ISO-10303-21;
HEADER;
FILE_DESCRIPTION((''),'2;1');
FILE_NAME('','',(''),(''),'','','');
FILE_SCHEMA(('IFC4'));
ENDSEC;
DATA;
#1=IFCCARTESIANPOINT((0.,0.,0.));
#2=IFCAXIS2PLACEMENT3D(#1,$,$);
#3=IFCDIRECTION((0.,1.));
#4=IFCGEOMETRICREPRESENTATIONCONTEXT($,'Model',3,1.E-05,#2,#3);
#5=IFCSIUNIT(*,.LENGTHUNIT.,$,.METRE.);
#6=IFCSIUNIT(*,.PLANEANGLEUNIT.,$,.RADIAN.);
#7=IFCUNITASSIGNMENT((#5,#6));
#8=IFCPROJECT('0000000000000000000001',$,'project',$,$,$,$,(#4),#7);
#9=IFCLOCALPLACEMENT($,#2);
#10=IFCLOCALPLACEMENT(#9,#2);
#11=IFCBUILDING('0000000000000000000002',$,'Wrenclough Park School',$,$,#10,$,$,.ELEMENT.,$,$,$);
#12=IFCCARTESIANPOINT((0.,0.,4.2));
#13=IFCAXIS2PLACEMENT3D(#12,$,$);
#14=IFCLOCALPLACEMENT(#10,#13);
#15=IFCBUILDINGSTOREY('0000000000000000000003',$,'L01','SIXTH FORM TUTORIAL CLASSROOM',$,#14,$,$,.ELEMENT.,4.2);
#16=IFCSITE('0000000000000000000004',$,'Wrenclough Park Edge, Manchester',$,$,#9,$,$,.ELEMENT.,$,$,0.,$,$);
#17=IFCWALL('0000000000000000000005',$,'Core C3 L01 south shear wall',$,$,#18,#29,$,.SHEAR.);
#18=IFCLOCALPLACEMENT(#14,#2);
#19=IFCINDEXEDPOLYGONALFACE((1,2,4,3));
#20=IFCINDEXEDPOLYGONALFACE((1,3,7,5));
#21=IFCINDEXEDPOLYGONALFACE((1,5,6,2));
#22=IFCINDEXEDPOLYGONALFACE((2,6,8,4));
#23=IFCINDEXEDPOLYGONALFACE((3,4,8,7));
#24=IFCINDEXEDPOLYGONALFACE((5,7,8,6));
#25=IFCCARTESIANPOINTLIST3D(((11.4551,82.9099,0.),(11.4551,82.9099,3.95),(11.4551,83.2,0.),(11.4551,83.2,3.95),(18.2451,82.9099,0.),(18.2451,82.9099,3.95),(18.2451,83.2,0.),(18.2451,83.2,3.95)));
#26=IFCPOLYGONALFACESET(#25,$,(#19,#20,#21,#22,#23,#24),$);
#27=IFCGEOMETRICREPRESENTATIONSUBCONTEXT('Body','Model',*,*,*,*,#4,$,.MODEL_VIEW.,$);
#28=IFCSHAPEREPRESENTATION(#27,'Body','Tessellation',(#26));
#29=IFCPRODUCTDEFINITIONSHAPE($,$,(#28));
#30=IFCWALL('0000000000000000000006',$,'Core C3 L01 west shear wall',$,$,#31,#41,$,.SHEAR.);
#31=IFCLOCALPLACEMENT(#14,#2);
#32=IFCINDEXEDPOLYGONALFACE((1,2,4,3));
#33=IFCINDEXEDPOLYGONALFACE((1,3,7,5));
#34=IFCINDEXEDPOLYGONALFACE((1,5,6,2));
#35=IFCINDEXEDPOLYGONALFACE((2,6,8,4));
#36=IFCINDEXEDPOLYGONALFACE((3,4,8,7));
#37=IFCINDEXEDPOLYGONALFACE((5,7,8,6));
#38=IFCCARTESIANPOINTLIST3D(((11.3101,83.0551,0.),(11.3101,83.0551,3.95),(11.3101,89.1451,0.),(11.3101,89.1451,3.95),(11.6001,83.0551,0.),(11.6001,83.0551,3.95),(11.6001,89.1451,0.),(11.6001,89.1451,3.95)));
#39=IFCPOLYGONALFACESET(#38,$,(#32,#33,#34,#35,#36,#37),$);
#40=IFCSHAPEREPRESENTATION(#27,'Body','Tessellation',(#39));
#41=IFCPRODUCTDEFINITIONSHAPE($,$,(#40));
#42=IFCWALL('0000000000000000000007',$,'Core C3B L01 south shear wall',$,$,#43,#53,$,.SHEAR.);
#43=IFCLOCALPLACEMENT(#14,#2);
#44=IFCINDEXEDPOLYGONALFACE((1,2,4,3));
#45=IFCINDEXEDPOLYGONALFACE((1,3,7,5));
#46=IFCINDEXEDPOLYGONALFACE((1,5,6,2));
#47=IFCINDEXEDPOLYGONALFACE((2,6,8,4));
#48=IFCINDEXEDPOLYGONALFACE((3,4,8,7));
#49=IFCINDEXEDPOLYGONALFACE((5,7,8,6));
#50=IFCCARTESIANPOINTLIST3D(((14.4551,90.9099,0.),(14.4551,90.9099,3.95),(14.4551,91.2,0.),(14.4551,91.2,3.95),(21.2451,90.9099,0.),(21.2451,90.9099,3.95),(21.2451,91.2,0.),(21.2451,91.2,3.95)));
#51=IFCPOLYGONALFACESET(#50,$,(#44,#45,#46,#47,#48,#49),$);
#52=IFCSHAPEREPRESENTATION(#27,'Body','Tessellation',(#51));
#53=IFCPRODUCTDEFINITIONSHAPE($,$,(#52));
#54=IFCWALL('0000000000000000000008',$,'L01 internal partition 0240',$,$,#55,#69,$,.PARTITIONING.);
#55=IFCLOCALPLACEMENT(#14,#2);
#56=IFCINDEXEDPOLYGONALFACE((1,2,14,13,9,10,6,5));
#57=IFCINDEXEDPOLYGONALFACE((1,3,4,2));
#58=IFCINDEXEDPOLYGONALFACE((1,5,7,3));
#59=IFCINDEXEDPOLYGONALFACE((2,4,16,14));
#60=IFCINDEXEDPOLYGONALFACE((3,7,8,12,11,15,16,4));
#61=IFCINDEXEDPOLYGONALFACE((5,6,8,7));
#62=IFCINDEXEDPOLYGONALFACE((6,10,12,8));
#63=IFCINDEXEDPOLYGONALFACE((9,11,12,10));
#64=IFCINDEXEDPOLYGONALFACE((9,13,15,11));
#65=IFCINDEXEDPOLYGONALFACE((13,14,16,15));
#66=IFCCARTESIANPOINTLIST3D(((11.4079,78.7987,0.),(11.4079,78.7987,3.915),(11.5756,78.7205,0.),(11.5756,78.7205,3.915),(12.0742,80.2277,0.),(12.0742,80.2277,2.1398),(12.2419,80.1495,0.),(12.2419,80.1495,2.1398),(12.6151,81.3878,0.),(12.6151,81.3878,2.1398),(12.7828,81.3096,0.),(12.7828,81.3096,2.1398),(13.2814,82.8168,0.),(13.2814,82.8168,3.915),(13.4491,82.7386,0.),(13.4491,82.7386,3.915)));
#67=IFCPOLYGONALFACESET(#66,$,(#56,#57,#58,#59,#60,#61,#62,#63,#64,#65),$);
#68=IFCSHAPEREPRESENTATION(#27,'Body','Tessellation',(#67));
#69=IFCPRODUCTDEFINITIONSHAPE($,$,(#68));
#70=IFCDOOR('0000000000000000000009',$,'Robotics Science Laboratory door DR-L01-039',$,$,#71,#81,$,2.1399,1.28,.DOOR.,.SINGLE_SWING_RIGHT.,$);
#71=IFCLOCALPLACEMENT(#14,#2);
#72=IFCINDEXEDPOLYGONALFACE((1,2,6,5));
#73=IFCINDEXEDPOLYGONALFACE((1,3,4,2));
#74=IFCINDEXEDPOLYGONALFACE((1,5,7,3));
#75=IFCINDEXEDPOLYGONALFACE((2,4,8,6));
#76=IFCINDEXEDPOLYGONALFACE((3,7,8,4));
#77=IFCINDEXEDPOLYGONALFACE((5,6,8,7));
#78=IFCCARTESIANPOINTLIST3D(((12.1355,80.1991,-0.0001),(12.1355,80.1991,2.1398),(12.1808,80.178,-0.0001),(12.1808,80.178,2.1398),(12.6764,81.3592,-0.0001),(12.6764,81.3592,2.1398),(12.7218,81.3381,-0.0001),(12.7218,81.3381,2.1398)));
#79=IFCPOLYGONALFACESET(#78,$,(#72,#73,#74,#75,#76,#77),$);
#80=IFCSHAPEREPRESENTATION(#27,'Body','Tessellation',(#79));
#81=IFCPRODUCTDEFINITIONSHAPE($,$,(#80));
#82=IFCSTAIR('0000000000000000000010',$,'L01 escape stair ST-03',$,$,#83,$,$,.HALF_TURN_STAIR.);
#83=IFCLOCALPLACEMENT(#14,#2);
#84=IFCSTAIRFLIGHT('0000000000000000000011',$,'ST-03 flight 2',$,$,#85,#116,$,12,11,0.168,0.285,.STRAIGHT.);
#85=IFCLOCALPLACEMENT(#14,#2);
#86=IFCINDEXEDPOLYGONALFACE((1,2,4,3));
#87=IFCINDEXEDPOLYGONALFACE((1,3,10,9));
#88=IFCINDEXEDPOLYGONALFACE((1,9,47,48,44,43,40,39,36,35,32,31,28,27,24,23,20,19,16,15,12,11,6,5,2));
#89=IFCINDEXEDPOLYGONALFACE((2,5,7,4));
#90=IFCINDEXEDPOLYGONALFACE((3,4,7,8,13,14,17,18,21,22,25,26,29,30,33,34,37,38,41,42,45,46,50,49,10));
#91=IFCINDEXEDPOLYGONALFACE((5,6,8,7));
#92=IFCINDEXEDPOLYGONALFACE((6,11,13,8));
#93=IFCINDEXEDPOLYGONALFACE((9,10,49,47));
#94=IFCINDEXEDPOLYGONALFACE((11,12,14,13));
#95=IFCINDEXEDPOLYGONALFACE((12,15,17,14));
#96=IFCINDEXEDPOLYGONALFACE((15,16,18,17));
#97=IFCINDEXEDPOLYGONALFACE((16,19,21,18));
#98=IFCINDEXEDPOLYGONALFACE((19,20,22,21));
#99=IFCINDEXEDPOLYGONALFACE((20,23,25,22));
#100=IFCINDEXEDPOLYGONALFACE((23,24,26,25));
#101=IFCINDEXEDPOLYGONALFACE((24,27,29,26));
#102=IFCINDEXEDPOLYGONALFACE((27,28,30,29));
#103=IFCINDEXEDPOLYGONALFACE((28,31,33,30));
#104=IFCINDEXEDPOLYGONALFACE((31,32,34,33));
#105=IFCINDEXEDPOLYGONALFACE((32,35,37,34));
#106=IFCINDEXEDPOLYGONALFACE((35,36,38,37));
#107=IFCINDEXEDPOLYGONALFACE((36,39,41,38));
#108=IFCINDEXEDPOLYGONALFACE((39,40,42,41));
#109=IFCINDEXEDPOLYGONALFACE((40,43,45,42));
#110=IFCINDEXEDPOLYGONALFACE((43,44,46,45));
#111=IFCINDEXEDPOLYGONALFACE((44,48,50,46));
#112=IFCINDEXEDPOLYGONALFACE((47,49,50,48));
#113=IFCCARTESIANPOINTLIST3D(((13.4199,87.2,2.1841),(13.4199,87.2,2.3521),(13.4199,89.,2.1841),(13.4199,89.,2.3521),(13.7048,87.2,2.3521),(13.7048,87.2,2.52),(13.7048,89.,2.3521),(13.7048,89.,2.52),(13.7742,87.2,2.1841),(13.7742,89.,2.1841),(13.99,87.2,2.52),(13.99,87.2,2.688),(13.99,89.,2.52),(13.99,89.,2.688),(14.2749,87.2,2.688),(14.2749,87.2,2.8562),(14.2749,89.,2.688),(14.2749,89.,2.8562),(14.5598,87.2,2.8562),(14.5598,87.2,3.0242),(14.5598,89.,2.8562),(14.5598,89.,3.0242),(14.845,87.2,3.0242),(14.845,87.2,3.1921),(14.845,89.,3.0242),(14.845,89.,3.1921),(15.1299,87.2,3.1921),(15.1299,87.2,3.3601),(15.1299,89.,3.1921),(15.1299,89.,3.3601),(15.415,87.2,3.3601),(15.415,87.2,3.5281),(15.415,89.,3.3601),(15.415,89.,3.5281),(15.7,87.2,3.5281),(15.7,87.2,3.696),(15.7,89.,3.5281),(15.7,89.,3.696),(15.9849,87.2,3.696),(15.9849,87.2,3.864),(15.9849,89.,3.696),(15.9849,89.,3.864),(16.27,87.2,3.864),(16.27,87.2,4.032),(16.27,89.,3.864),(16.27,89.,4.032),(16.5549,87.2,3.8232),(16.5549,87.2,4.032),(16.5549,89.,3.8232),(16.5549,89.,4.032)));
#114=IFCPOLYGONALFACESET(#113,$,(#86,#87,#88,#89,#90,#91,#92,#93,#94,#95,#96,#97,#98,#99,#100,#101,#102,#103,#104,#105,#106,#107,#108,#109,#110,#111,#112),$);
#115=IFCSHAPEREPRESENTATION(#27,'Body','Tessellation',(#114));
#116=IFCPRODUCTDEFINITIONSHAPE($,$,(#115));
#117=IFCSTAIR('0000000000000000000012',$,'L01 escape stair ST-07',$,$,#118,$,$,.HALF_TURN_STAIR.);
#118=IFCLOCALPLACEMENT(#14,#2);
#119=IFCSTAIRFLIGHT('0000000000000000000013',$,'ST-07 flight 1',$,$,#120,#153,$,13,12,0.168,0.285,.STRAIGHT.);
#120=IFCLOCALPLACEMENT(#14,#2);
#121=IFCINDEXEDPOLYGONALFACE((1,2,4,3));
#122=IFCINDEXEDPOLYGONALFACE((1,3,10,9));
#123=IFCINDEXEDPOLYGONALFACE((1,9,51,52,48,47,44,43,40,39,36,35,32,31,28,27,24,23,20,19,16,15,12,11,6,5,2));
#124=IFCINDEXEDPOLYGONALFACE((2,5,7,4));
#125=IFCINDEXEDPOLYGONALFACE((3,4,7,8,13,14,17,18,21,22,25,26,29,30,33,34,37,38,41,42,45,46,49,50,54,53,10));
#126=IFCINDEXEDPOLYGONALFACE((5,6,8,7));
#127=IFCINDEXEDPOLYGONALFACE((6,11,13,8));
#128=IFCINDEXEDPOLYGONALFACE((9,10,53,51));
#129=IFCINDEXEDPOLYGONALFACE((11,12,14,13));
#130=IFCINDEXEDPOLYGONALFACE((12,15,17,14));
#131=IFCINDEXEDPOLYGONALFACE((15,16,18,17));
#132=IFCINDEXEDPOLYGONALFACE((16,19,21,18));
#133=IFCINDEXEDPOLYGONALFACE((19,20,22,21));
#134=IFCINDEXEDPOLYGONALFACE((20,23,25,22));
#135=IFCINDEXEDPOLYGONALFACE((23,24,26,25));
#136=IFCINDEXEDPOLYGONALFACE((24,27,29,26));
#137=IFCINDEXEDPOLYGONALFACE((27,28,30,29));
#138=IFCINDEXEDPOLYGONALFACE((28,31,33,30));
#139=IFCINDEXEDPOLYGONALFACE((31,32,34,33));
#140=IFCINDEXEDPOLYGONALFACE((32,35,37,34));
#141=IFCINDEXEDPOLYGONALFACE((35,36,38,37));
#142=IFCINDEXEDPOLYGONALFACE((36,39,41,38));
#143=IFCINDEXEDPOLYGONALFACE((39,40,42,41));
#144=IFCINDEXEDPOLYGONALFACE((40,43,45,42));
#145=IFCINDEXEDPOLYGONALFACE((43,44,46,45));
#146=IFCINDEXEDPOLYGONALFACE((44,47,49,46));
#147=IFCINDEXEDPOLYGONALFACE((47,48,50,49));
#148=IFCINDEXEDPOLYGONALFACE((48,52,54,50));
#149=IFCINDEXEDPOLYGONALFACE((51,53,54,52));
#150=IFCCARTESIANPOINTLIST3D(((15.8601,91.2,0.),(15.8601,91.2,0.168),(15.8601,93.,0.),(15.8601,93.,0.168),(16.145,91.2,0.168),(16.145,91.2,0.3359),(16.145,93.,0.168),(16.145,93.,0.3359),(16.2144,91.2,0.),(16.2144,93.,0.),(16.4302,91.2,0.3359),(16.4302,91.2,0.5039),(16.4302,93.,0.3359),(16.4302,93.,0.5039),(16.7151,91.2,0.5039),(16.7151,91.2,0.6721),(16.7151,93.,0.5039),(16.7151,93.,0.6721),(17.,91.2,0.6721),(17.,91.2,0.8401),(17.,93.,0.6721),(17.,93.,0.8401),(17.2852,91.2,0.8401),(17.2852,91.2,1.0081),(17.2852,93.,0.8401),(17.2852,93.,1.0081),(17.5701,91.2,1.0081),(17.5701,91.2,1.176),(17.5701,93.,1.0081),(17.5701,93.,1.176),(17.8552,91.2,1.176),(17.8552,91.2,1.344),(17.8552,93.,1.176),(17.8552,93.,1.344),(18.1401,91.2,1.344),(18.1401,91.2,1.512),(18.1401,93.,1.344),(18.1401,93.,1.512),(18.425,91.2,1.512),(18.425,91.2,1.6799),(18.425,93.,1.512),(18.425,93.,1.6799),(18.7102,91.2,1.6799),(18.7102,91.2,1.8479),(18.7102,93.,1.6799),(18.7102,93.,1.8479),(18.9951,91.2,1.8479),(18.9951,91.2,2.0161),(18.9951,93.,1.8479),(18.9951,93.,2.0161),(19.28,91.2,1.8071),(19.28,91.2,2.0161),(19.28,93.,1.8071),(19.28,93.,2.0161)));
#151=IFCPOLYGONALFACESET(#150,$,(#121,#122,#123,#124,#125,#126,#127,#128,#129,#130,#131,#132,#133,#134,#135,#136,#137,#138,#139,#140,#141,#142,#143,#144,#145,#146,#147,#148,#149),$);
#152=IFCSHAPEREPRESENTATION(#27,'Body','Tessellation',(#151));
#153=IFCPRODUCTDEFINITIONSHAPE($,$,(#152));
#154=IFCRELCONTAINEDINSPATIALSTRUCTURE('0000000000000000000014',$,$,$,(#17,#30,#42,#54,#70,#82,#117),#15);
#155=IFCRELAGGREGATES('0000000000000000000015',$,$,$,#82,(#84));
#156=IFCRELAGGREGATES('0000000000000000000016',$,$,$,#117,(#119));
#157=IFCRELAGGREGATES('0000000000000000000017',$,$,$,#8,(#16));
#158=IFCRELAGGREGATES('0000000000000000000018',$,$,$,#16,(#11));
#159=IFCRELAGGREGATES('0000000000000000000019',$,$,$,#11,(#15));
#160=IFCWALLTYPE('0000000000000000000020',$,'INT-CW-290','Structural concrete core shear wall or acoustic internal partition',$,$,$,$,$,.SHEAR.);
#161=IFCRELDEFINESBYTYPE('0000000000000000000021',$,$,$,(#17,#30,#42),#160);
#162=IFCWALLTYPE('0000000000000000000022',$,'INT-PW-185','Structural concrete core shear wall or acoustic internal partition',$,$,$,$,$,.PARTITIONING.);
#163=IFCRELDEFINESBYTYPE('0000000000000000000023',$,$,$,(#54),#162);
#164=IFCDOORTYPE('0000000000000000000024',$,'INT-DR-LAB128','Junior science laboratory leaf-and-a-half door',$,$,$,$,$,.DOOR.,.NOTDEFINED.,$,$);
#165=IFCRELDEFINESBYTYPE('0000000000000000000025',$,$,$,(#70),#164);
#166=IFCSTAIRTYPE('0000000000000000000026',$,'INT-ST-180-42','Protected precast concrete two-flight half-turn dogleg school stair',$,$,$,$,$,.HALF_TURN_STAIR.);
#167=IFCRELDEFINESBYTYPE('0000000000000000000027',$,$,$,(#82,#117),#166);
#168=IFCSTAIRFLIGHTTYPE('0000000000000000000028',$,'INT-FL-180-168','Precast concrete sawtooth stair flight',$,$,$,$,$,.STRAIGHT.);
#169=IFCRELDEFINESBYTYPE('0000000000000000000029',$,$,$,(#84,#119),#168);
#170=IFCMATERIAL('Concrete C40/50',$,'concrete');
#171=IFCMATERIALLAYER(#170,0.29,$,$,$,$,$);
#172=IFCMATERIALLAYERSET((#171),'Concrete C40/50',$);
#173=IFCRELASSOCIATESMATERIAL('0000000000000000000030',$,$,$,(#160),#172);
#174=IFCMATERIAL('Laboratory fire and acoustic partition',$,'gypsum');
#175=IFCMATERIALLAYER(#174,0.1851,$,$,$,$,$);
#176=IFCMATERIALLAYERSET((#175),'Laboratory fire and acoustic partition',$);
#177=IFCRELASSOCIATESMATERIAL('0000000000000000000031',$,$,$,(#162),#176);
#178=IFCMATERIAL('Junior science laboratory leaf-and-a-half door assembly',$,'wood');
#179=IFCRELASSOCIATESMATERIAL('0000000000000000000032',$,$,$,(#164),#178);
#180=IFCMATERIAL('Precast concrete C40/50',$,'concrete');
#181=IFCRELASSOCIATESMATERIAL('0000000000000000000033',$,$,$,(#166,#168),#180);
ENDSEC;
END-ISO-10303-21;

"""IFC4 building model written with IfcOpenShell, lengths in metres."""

from ifc_helpers import new_model, si_unit, direction, frame, frame_2d, origin, place, context, subcontext, project, spatial, polyline, rectangle, outline, extrude, material, layer, layer_set, type_object, element, fill, aggregate, save


model = new_model("IFC4")

# Units and contexts
model_context = context("Model", 3, precision=1e-05, world=origin(), true_north=direction((0.0, 1.0)))
body_context = subcontext(model_context, "Body", "Model", "MODEL_VIEW")
ifc_project = project(units=[si_unit("LENGTHUNIT", "METRE"), si_unit("PLANEANGLEUNIT", "RADIAN")], contexts=[model_context])

# Site, building, storey
site_placement = place(None, origin())
site = spatial("IfcSite", under=ifc_project, at=site_placement, Name="Wrenclough Park Edge, Manchester", CompositionType="ELEMENT", RefElevation=0.0)
building_placement = place(site_placement, origin())
building = spatial("IfcBuilding", under=site, at=building_placement, Name="Wrenclough Park School", CompositionType="ELEMENT")
storey_placement = place(building_placement, frame((0.0, 0.0, 4.2)))
storey = spatial("IfcBuildingStorey", under=building, at=storey_placement, Name="L01", Description="SIXTH FORM TUTORIAL CLASSROOM", CompositionType="ELEMENT", Elevation=4.2)

# Walls
ifc_material_1 = material(Name="Concrete C40/50", Category="concrete")
ifc_layer_1 = layer(ifc_material_1, 0.29)
ifc_layer_set_1 = layer_set([ifc_layer_1], Name="Concrete C40/50")
wall_type_1 = type_object("IfcWallType", Name="INT-CW-290", Description="Structural concrete core shear wall or acoustic internal partition", PredefinedType="SHEAR", material=ifc_layer_set_1)
wall_1_placement = place(storey_placement, frame((11.4551, 83.0549, 0.0), z_axis=(0.0, 0.0, 1.0), x_axis=(1.0, 0.0, 0.0)))
element("IfcWall", 1, at=wall_1_placement, inside=storey, type_object=wall_type_1, Name="Core C3 L01 south shear wall", PredefinedType="SHEAR", context=body_context, shape_type="SweptSolid", body=[
    extrude(rectangle(XDim=6.79, YDim=0.29, at=frame_2d((3.395, 0.0))), origin(), (0.0, 0.0, 1.0), 3.95),
])
wall_2_placement = place(storey_placement, frame((11.4551, 89.145, 0.0), z_axis=(0.0, 0.0, 1.0), x_axis=(0.0, -1.0, 0.0)))
element("IfcWall", 2, at=wall_2_placement, inside=storey, type_object=wall_type_1, Name="Core C3 L01 west shear wall", PredefinedType="SHEAR", context=body_context, shape_type="SweptSolid", body=[
    extrude(rectangle(XDim=6.0901, YDim=0.29, at=frame_2d((3.0449, 0.0))), origin(), (0.0, 0.0, 1.0), 3.95),
])
wall_3_placement = place(storey_placement, frame((14.4551, 91.0549, 0.0), z_axis=(0.0, 0.0, 1.0), x_axis=(1.0, 0.0, 0.0)))
element("IfcWall", 3, at=wall_3_placement, inside=storey, type_object=wall_type_1, Name="Core C3B L01 south shear wall", PredefinedType="SHEAR", context=body_context, shape_type="SweptSolid", body=[
    extrude(rectangle(XDim=6.79, YDim=0.29, at=frame_2d((3.395, 0.0))), origin(), (0.0, 0.0, 1.0), 3.95),
])

# Wall, opening, door
ifc_material_2 = material(Name="Laboratory fire and acoustic partition", Category="gypsum")
ifc_layer_2 = layer(ifc_material_2, 0.1851)
ifc_layer_set_2 = layer_set([ifc_layer_2], Name="Laboratory fire and acoustic partition")
wall_type_2 = type_object("IfcWallType", Name="INT-PW-185", Description="Structural concrete core shear wall or acoustic internal partition", PredefinedType="PARTITIONING", material=ifc_layer_set_2)
wall_4_placement = place(storey_placement, frame((11.4917, 78.7595, 0.0), z_axis=(0.0, 0.0, 1.0), x_axis=(0.422596, 0.906318, 0.0)))
wall_4 = element("IfcWall", 4, at=wall_4_placement, inside=storey, type_object=wall_type_2, Name="L01 internal partition 0240", PredefinedType="PARTITIONING", context=body_context, shape_type="SweptSolid", body=[
    extrude(rectangle(XDim=4.4333, YDim=0.1851, at=frame_2d((2.2168, 0.0))), origin(), (0.0, 0.0, 1.0), 3.915),
])
opening_1_placement = place(wall_4_placement, frame((1.5767, 0.0, 0.0)))
opening_1 = element("IfcOpeningElement", 5, at=opening_1_placement, cuts=wall_4, PredefinedType="OPENING", context=body_context, shape_type="SweptSolid", body=[
    extrude(rectangle(XDim=1.28, YDim=2.1399, at=frame_2d((0.6401, 1.0698))), frame((0.0, 0.1025, 0.0), z_axis=(0.0, -1.0, 0.0), x_axis=(1.0, 0.0, 0.0)), (0.0, 0.0, 1.0), 0.2051),
])
ifc_material_3 = material(Name="Junior science laboratory leaf-and-a-half door assembly", Category="wood")
door_type_1 = type_object("IfcDoorType", Name="INT-DR-LAB128", Description="Junior science laboratory leaf-and-a-half door", OperationType="NOTDEFINED", PredefinedType="DOOR", material=ifc_material_3)
door_1_placement = place(opening_1_placement, origin())
door_1 = element("IfcDoor", 6, at=door_1_placement, inside=storey, type_object=door_type_1, Name="Robotics Science Laboratory door DR-L01-039", OperationType="SINGLE_SWING_RIGHT", OverallHeight=2.1399, OverallWidth=1.28, PredefinedType="DOOR", context=body_context, shape_type="SweptSolid", body=[
    extrude(rectangle(XDim=1.28, YDim=2.1399, at=frame_2d((0.6401, 1.0698))), frame((0.0, 0.0249, 0.0), z_axis=(0.0, -1.0, 0.0), x_axis=(1.0, 0.0, 0.0)), (0.0, 0.0, 1.0), 0.05),
])
fill(opening_1, door_1)

# Stairs, stair flights
ifc_material_4 = material(Name="Precast concrete C40/50", Category="concrete")
stair_type = type_object("IfcStairType", Name="INT-ST-180-42", Description="Protected precast concrete two-flight half-turn dogleg school stair", PredefinedType="HALF_TURN_STAIR", material=ifc_material_4)
stair_1_placement = place(storey_placement, origin())
stair_1 = element("IfcStair", 7, at=stair_1_placement, inside=storey, type_object=stair_type, Name="L01 escape stair ST-03", PredefinedType="HALF_TURN_STAIR")
stair_flight_type = type_object("IfcStairFlightType", Name="INT-FL-180-168", Description="Precast concrete sawtooth stair flight", PredefinedType="STRAIGHT", material=ifc_material_4)
stair_flight_1_placement = place(storey_placement, frame((13.4199, 88.1001, 2.1841), z_axis=(0.0, 0.0, 1.0), x_axis=(1.0, 0.0, 0.0)))
stair_flight_1 = element("IfcStairFlight", 8, at=stair_flight_1_placement, type_object=stair_flight_type, Name="ST-03 flight 2", NumberOfRisers=12, NumberOfTreads=11, PredefinedType="STRAIGHT", RiserHeight=0.168, TreadLength=0.285, context=body_context, shape_type="SweptSolid", body=[
    extrude(outline(polyline([(0.0, 0.0), (0.0, 0.168), (0.2849, 0.168), (0.2849, 0.3359), (0.5701, 0.3359), (0.5701, 0.5039), (0.855, 0.5039), (0.855, 0.6721), (1.1399, 0.6721), (1.1399, 0.8401), (1.425, 0.8401), (1.425, 1.0081), (1.71, 1.0081), (1.71, 1.176), (1.9951, 1.176), (1.9951, 1.344), (2.28, 1.344), (2.28, 1.512), (2.5649, 1.512), (2.5649, 1.6799), (2.8501, 1.6799), (2.8501, 1.8479), (3.135, 1.8479), (3.135, 2.0161), (3.135, 1.6392), (0.3542, 0.0), (0.0, 0.0)])), frame((0.0, 0.8999, 0.0), z_axis=(0.0, -1.0, 0.0), x_axis=(1.0, 0.0, 0.0)), (0.0, 0.0, 1.0), 1.8),
])
aggregate(stair_1, [stair_flight_1])
stair_2_placement = place(storey_placement, origin())
stair_2 = element("IfcStair", 9, at=stair_2_placement, inside=storey, type_object=stair_type, Name="L01 escape stair ST-07", PredefinedType="HALF_TURN_STAIR")
stair_flight_2_placement = place(storey_placement, frame((15.8601, 92.1001, 0.0), z_axis=(0.0, 0.0, 1.0), x_axis=(1.0, 0.0, 0.0)))
stair_flight_2 = element("IfcStairFlight", 10, at=stair_flight_2_placement, type_object=stair_flight_type, Name="ST-07 flight 1", NumberOfRisers=13, NumberOfTreads=12, PredefinedType="STRAIGHT", RiserHeight=0.168, TreadLength=0.285, context=body_context, shape_type="SweptSolid", body=[
    extrude(outline(polyline([(0.0, 0.0), (0.0, 0.168), (0.2849, 0.168), (0.2849, 0.3359), (0.5701, 0.3359), (0.5701, 0.5039), (0.855, 0.5039), (0.855, 0.6721), (1.1399, 0.6721), (1.1399, 0.8401), (1.425, 0.8401), (1.425, 1.0081), (1.71, 1.0081), (1.71, 1.176), (1.9951, 1.176), (1.9951, 1.344), (2.28, 1.344), (2.28, 1.512), (2.5649, 1.512), (2.5649, 1.6799), (2.8501, 1.6799), (2.8501, 1.8479), (3.135, 1.8479), (3.135, 2.0161), (3.4199, 2.0161), (3.4199, 2.1841), (3.4199, 1.8071), (0.3542, 0.0), (0.0, 0.0)])), frame((0.0, 0.8999, 0.0), z_axis=(0.0, -1.0, 0.0), x_axis=(1.0, 0.0, 0.0)), (0.0, 0.0, 1.0), 1.8),
])
aggregate(stair_2, [stair_flight_2])

save(model, "model.ifc")
